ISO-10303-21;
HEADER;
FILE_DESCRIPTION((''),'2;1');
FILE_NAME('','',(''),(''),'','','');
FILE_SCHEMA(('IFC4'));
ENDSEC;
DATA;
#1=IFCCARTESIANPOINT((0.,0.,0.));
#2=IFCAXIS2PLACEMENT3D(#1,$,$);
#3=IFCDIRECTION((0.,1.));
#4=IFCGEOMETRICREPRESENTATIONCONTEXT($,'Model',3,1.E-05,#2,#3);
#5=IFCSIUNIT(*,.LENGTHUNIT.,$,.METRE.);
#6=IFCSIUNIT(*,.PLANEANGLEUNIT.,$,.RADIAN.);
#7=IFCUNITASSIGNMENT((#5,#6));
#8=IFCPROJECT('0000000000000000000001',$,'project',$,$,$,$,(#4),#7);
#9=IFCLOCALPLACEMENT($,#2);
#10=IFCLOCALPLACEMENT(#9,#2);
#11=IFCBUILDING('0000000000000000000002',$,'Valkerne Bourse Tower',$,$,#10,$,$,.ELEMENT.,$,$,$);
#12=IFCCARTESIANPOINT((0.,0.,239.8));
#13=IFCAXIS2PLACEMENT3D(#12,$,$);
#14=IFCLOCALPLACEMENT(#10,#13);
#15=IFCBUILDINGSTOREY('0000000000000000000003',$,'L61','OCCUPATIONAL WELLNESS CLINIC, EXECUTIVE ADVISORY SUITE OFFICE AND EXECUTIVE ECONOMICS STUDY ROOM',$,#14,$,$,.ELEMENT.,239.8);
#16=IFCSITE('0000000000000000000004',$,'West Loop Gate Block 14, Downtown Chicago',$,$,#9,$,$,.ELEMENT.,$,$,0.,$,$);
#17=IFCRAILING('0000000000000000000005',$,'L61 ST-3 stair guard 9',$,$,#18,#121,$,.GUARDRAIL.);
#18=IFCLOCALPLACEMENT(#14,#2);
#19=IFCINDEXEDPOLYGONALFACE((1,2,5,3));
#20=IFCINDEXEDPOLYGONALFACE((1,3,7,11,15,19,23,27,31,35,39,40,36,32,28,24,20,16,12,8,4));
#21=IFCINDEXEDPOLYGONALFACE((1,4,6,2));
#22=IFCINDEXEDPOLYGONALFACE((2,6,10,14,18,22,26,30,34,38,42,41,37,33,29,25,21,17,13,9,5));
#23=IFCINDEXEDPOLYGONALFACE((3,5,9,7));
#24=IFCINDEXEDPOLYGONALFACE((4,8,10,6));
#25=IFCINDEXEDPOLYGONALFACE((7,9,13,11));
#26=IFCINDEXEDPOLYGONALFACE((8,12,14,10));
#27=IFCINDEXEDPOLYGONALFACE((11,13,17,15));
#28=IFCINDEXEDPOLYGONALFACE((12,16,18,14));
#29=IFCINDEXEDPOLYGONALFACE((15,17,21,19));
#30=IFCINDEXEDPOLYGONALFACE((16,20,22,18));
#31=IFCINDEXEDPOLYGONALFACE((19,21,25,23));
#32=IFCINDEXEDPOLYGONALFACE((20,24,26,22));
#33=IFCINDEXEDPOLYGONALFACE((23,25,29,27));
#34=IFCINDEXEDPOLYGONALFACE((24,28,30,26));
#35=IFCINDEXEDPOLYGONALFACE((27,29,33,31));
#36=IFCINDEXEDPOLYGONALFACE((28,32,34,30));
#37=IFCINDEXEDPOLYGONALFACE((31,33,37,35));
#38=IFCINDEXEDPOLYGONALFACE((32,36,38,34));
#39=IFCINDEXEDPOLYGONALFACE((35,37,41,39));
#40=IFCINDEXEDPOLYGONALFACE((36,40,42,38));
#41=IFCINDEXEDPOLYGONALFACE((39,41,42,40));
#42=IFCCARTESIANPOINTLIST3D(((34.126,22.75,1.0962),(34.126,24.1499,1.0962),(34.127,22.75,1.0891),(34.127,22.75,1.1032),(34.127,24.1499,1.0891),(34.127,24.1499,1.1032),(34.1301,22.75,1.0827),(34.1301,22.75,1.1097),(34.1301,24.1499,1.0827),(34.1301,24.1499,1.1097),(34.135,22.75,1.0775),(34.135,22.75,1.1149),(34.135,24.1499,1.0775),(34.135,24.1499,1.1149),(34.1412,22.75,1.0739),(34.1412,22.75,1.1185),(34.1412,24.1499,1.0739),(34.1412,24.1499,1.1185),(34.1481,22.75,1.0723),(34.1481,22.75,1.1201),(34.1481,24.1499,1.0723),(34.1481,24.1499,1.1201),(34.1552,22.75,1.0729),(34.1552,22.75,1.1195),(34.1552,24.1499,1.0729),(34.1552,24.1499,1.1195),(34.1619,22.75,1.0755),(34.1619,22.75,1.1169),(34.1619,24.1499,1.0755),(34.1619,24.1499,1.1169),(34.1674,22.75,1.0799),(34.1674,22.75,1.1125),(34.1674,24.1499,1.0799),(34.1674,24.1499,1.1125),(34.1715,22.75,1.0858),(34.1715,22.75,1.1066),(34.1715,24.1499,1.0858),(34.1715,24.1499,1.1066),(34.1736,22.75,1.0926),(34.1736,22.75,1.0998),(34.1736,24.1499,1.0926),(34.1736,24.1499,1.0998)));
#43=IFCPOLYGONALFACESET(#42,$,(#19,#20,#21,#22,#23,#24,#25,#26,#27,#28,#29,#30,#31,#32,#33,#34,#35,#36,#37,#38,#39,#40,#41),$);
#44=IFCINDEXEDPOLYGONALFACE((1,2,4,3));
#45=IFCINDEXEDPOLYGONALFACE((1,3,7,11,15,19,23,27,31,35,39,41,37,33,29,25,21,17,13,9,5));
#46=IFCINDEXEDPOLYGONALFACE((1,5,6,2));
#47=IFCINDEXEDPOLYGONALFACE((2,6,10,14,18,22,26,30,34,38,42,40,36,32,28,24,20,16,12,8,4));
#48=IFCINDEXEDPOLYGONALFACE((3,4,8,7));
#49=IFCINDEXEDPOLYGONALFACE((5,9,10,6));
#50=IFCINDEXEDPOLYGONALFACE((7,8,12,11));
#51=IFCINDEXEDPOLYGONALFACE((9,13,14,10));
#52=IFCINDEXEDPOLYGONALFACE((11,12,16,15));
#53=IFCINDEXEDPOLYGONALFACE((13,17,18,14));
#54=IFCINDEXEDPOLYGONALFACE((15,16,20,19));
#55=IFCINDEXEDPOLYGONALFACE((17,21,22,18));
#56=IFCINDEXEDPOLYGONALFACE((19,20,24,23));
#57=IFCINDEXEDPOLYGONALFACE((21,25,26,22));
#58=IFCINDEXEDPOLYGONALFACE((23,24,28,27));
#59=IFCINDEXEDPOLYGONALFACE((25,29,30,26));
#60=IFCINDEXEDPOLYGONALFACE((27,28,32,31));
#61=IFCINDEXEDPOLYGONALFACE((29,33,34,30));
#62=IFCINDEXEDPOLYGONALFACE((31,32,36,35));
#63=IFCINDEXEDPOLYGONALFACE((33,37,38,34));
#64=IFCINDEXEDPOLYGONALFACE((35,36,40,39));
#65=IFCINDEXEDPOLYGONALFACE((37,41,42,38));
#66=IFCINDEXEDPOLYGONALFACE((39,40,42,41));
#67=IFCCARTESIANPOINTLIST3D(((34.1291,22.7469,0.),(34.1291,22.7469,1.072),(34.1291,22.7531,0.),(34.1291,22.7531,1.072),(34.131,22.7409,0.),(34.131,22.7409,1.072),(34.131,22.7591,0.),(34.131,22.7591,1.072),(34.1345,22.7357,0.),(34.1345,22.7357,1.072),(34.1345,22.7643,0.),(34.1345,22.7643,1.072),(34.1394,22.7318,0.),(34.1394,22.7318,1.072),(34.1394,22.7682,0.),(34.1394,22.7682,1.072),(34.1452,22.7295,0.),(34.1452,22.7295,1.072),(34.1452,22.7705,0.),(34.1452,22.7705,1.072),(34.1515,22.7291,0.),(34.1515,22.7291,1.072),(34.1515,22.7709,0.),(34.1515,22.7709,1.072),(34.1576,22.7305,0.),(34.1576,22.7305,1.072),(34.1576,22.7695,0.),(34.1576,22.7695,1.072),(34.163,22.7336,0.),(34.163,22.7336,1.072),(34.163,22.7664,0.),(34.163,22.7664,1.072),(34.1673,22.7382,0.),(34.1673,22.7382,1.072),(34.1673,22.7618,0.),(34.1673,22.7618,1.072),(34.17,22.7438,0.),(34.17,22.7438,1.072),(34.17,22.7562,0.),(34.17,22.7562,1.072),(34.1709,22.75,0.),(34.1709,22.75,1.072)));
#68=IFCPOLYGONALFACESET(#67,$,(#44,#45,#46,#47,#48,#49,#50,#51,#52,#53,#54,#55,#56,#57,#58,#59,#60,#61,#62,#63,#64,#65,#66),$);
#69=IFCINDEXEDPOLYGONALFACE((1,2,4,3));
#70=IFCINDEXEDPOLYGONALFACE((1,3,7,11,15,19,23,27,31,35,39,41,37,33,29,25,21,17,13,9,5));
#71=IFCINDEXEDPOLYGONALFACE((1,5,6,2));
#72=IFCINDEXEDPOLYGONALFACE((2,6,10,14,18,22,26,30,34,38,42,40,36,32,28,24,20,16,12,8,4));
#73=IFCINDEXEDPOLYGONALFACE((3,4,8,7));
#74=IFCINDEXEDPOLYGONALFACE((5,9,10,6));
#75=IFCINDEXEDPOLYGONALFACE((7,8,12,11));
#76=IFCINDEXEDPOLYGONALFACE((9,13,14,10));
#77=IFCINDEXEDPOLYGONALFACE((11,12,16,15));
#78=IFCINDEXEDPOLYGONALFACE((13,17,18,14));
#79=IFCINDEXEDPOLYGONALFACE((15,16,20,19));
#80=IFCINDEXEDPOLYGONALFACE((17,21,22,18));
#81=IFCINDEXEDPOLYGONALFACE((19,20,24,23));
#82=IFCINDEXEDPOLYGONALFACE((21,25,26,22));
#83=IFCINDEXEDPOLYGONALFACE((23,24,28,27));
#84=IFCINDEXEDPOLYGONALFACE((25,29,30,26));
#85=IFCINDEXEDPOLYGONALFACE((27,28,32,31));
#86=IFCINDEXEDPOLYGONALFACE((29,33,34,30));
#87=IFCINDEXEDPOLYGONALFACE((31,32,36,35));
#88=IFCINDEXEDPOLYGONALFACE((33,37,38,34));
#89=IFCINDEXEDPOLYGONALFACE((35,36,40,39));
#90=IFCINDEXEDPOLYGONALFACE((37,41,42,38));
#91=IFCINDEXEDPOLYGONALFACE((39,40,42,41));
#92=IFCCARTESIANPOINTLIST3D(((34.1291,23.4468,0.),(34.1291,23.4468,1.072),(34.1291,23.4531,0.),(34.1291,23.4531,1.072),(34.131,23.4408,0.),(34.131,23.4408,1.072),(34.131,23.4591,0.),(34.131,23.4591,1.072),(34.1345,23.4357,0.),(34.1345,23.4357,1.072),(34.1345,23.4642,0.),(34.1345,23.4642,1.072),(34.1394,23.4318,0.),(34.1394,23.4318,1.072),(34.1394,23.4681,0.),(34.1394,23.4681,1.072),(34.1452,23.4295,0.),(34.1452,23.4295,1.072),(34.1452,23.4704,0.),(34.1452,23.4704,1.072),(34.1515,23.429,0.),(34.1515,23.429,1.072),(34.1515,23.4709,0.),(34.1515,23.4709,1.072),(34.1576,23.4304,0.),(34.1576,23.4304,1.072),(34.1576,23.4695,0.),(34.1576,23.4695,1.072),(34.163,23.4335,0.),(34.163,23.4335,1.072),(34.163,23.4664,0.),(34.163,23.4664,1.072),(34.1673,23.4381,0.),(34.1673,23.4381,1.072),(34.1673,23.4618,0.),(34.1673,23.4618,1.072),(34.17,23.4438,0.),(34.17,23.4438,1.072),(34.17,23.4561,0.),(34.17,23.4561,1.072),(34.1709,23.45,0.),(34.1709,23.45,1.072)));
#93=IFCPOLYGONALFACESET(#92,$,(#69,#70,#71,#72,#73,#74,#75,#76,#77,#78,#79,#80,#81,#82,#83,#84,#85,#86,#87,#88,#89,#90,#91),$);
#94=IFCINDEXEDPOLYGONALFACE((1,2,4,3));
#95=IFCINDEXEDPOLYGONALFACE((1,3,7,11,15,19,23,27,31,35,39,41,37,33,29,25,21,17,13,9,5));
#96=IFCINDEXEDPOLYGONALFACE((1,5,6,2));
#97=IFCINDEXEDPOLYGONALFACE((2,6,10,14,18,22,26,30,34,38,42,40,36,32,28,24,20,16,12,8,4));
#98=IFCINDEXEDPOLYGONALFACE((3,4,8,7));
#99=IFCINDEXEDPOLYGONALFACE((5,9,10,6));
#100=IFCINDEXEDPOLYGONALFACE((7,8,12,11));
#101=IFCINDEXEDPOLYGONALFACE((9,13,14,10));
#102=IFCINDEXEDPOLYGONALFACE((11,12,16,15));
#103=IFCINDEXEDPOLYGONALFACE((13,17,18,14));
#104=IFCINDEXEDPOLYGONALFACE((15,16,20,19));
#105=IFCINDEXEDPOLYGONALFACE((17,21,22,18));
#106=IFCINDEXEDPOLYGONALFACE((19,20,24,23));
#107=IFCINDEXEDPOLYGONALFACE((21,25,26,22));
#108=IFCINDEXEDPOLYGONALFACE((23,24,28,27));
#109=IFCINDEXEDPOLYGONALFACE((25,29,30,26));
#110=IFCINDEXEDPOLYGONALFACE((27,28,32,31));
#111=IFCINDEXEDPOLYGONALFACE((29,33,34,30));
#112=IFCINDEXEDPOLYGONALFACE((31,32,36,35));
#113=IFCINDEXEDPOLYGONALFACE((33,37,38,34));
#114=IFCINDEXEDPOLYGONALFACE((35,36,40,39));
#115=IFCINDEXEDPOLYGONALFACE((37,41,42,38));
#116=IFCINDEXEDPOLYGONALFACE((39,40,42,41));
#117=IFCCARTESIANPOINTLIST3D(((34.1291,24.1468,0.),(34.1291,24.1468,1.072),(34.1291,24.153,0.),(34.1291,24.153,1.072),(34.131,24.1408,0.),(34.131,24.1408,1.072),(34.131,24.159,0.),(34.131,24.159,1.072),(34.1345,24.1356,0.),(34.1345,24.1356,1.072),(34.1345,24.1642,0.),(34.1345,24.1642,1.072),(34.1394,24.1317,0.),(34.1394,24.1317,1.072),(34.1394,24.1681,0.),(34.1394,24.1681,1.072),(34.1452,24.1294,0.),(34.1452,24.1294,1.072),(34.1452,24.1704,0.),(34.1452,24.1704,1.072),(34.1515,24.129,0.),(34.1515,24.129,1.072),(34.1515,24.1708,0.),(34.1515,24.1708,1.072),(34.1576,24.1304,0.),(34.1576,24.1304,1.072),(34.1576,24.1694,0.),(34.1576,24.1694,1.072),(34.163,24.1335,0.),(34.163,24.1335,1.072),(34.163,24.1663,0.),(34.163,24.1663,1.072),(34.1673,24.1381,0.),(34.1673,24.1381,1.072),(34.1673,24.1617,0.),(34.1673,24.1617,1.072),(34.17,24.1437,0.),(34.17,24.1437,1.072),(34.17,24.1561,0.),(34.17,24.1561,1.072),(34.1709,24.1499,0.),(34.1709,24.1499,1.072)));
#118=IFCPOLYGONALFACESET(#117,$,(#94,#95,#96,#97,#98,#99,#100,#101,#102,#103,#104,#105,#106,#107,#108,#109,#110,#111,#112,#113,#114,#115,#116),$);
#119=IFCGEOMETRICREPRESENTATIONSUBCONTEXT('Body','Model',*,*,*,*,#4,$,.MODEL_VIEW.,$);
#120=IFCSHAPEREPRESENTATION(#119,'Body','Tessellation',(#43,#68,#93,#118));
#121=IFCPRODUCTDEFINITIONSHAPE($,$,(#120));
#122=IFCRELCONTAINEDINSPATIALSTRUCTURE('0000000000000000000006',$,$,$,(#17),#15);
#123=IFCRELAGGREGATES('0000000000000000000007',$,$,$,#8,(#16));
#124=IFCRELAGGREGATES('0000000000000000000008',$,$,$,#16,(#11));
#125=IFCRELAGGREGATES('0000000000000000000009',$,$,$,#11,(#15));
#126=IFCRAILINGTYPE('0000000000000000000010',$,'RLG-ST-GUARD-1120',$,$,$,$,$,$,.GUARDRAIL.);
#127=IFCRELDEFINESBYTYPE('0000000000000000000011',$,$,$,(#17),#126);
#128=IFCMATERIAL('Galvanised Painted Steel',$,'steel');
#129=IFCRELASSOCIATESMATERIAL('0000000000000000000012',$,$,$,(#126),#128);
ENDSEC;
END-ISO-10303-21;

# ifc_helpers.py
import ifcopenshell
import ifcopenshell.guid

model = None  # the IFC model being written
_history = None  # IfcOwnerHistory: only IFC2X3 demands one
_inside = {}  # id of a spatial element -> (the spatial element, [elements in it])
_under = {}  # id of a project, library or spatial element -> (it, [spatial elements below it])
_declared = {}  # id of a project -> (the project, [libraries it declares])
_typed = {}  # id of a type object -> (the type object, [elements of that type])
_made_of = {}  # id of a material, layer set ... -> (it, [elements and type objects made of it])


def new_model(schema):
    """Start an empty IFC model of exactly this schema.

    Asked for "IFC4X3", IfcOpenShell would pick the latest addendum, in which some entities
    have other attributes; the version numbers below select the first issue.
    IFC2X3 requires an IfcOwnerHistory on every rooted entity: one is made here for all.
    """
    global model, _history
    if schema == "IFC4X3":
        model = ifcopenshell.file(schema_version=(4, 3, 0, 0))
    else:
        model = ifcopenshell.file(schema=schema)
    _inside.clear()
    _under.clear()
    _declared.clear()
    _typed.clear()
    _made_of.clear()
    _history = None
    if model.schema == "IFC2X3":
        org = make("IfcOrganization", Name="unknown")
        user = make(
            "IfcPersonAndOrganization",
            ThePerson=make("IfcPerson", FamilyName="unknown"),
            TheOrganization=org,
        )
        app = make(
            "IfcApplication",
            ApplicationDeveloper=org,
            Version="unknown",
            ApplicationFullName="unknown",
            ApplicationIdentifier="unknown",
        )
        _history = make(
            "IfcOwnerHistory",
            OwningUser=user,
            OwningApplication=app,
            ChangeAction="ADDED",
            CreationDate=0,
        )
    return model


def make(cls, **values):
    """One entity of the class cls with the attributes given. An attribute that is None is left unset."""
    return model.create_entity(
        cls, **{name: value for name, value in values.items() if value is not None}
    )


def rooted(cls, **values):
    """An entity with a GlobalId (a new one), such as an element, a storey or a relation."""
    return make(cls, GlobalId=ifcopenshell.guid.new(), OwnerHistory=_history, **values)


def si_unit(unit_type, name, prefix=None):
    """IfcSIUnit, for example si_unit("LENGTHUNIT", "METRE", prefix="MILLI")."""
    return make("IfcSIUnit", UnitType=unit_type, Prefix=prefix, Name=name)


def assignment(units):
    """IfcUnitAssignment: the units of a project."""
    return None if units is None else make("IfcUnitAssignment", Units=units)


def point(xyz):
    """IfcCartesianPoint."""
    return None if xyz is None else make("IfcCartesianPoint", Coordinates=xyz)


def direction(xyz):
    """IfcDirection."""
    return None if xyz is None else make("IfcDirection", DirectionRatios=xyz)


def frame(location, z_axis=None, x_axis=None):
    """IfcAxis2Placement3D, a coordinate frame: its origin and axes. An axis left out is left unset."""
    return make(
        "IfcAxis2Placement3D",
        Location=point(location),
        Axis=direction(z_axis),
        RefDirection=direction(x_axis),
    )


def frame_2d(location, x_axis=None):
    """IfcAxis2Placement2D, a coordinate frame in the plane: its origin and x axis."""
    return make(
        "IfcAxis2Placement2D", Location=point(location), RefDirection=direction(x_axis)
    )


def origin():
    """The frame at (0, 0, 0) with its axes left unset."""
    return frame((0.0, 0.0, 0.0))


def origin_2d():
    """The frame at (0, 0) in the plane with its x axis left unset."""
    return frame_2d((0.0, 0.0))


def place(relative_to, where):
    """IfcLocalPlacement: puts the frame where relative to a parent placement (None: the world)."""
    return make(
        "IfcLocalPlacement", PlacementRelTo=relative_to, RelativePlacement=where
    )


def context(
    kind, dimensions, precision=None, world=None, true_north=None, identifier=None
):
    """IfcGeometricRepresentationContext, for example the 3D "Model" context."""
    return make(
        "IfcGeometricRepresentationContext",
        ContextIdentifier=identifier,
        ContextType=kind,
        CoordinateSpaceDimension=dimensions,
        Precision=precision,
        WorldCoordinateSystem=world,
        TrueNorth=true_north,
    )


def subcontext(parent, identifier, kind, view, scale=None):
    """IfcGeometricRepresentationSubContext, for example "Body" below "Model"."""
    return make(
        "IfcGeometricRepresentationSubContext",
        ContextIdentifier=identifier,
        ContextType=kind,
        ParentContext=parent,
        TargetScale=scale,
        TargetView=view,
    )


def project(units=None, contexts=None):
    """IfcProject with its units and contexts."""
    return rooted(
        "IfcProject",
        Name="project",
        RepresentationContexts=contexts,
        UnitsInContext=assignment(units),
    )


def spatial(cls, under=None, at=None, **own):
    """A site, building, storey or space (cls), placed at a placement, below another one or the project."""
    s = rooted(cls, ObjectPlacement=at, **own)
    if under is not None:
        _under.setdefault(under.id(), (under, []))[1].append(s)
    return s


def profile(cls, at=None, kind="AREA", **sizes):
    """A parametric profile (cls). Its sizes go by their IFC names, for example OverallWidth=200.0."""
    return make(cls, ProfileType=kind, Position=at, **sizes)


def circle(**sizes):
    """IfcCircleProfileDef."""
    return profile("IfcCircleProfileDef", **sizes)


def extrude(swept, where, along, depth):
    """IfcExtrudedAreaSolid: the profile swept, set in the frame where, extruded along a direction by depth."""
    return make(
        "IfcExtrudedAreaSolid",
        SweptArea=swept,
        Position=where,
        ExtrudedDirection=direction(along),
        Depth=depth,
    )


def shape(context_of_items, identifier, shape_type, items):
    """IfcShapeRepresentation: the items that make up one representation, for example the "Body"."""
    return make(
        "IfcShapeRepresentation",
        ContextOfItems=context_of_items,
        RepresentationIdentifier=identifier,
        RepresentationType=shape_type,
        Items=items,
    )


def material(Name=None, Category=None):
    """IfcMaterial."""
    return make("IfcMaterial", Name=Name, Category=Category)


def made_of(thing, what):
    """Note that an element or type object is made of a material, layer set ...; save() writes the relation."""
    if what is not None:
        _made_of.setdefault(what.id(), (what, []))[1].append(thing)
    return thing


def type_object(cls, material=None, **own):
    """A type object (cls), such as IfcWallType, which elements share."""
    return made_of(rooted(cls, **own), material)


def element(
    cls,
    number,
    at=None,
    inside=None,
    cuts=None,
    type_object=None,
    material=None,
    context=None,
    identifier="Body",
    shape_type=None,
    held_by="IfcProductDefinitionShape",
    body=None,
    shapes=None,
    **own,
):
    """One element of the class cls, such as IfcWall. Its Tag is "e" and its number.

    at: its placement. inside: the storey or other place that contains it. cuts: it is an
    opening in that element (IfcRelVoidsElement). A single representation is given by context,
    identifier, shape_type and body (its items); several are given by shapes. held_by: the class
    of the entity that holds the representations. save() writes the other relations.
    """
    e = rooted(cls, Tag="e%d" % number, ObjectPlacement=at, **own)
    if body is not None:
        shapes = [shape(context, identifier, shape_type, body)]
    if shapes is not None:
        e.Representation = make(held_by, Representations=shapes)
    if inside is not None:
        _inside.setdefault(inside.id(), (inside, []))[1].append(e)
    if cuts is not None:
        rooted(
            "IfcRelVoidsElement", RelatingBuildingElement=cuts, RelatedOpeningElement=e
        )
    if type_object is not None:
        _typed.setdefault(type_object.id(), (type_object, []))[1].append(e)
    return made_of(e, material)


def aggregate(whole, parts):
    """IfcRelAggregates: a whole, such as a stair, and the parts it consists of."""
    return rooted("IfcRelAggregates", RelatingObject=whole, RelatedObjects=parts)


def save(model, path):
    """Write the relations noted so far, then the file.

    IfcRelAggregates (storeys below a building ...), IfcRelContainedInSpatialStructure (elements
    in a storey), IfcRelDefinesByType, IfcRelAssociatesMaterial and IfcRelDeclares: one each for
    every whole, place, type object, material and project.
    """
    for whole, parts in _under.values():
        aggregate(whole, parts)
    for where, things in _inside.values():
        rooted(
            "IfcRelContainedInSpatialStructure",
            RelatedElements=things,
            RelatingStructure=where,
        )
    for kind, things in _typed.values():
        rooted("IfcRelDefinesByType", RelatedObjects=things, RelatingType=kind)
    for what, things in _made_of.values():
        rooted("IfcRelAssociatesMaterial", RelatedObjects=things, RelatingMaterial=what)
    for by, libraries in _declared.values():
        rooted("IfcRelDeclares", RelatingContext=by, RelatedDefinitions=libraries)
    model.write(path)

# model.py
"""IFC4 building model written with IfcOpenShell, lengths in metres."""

from ifc_helpers import new_model, si_unit, direction, frame, origin, origin_2d, place, context, subcontext, project, spatial, circle, extrude, material, type_object, element, save


model = new_model("IFC4")

# Units and contexts
model_context = context("Model", 3, precision=1e-05, world=origin(), true_north=direction((0.0, 1.0)))
body_context = subcontext(model_context, "Body", "Model", "MODEL_VIEW")
ifc_project = project(units=[si_unit("LENGTHUNIT", "METRE"), si_unit("PLANEANGLEUNIT", "RADIAN")], contexts=[model_context])

# Site, building, storey
site_placement = place(None, origin())
site = spatial("IfcSite", under=ifc_project, at=site_placement, Name="West Loop Gate Block 14, Downtown Chicago", CompositionType="ELEMENT", RefElevation=0.0)
building_placement = place(site_placement, origin())
building = spatial("IfcBuilding", under=site, at=building_placement, Name="Valkerne Bourse Tower", CompositionType="ELEMENT")
storey_placement = place(building_placement, frame((0.0, 0.0, 239.8)))
storey = spatial("IfcBuildingStorey", under=building, at=storey_placement, Name="L61", Description="OCCUPATIONAL WELLNESS CLINIC, EXECUTIVE ADVISORY SUITE OFFICE AND EXECUTIVE ECONOMICS STUDY ROOM", CompositionType="ELEMENT", Elevation=239.8)

# Railing
ifc_material_1 = material(Name="Galvanised Painted Steel", Category="steel")
railing_type_1 = type_object("IfcRailingType", Name="RLG-ST-GUARD-1120", PredefinedType="GUARDRAIL", material=ifc_material_1)
for number, where, name in (
    (1, (34.1499, 22.75, 0.0), "L61 ST-3 stair guard 9"),
):
    element("IfcRailing", number, at=place(storey_placement, frame(where)), inside=storey, type_object=railing_type_1, Name=name, PredefinedType="GUARDRAIL", context=body_context, shape_type="SweptSolid", body=[
        extrude(circle(Radius=0.0239, at=origin_2d()), frame((0.0, 0.0, 1.0962), z_axis=(0.0, 1.0, 0.0), x_axis=(-1.0, 0.0, 0.0)), (0.0, 0.0, 1.0), 1.3999),
        extrude(circle(Radius=0.021, at=origin_2d()), origin(), (0.0, 0.0, 1.0), 1.072),
        extrude(circle(Radius=0.021, at=origin_2d()), frame((0.0, 0.7, 0.0)), (0.0, 0.0, 1.0), 1.072),
        extrude(circle(Radius=0.021, at=origin_2d()), frame((0.0, 1.3999, 0.0)), (0.0, 0.0, 1.0), 1.072),
    ])

save(model, "model.ifc")
